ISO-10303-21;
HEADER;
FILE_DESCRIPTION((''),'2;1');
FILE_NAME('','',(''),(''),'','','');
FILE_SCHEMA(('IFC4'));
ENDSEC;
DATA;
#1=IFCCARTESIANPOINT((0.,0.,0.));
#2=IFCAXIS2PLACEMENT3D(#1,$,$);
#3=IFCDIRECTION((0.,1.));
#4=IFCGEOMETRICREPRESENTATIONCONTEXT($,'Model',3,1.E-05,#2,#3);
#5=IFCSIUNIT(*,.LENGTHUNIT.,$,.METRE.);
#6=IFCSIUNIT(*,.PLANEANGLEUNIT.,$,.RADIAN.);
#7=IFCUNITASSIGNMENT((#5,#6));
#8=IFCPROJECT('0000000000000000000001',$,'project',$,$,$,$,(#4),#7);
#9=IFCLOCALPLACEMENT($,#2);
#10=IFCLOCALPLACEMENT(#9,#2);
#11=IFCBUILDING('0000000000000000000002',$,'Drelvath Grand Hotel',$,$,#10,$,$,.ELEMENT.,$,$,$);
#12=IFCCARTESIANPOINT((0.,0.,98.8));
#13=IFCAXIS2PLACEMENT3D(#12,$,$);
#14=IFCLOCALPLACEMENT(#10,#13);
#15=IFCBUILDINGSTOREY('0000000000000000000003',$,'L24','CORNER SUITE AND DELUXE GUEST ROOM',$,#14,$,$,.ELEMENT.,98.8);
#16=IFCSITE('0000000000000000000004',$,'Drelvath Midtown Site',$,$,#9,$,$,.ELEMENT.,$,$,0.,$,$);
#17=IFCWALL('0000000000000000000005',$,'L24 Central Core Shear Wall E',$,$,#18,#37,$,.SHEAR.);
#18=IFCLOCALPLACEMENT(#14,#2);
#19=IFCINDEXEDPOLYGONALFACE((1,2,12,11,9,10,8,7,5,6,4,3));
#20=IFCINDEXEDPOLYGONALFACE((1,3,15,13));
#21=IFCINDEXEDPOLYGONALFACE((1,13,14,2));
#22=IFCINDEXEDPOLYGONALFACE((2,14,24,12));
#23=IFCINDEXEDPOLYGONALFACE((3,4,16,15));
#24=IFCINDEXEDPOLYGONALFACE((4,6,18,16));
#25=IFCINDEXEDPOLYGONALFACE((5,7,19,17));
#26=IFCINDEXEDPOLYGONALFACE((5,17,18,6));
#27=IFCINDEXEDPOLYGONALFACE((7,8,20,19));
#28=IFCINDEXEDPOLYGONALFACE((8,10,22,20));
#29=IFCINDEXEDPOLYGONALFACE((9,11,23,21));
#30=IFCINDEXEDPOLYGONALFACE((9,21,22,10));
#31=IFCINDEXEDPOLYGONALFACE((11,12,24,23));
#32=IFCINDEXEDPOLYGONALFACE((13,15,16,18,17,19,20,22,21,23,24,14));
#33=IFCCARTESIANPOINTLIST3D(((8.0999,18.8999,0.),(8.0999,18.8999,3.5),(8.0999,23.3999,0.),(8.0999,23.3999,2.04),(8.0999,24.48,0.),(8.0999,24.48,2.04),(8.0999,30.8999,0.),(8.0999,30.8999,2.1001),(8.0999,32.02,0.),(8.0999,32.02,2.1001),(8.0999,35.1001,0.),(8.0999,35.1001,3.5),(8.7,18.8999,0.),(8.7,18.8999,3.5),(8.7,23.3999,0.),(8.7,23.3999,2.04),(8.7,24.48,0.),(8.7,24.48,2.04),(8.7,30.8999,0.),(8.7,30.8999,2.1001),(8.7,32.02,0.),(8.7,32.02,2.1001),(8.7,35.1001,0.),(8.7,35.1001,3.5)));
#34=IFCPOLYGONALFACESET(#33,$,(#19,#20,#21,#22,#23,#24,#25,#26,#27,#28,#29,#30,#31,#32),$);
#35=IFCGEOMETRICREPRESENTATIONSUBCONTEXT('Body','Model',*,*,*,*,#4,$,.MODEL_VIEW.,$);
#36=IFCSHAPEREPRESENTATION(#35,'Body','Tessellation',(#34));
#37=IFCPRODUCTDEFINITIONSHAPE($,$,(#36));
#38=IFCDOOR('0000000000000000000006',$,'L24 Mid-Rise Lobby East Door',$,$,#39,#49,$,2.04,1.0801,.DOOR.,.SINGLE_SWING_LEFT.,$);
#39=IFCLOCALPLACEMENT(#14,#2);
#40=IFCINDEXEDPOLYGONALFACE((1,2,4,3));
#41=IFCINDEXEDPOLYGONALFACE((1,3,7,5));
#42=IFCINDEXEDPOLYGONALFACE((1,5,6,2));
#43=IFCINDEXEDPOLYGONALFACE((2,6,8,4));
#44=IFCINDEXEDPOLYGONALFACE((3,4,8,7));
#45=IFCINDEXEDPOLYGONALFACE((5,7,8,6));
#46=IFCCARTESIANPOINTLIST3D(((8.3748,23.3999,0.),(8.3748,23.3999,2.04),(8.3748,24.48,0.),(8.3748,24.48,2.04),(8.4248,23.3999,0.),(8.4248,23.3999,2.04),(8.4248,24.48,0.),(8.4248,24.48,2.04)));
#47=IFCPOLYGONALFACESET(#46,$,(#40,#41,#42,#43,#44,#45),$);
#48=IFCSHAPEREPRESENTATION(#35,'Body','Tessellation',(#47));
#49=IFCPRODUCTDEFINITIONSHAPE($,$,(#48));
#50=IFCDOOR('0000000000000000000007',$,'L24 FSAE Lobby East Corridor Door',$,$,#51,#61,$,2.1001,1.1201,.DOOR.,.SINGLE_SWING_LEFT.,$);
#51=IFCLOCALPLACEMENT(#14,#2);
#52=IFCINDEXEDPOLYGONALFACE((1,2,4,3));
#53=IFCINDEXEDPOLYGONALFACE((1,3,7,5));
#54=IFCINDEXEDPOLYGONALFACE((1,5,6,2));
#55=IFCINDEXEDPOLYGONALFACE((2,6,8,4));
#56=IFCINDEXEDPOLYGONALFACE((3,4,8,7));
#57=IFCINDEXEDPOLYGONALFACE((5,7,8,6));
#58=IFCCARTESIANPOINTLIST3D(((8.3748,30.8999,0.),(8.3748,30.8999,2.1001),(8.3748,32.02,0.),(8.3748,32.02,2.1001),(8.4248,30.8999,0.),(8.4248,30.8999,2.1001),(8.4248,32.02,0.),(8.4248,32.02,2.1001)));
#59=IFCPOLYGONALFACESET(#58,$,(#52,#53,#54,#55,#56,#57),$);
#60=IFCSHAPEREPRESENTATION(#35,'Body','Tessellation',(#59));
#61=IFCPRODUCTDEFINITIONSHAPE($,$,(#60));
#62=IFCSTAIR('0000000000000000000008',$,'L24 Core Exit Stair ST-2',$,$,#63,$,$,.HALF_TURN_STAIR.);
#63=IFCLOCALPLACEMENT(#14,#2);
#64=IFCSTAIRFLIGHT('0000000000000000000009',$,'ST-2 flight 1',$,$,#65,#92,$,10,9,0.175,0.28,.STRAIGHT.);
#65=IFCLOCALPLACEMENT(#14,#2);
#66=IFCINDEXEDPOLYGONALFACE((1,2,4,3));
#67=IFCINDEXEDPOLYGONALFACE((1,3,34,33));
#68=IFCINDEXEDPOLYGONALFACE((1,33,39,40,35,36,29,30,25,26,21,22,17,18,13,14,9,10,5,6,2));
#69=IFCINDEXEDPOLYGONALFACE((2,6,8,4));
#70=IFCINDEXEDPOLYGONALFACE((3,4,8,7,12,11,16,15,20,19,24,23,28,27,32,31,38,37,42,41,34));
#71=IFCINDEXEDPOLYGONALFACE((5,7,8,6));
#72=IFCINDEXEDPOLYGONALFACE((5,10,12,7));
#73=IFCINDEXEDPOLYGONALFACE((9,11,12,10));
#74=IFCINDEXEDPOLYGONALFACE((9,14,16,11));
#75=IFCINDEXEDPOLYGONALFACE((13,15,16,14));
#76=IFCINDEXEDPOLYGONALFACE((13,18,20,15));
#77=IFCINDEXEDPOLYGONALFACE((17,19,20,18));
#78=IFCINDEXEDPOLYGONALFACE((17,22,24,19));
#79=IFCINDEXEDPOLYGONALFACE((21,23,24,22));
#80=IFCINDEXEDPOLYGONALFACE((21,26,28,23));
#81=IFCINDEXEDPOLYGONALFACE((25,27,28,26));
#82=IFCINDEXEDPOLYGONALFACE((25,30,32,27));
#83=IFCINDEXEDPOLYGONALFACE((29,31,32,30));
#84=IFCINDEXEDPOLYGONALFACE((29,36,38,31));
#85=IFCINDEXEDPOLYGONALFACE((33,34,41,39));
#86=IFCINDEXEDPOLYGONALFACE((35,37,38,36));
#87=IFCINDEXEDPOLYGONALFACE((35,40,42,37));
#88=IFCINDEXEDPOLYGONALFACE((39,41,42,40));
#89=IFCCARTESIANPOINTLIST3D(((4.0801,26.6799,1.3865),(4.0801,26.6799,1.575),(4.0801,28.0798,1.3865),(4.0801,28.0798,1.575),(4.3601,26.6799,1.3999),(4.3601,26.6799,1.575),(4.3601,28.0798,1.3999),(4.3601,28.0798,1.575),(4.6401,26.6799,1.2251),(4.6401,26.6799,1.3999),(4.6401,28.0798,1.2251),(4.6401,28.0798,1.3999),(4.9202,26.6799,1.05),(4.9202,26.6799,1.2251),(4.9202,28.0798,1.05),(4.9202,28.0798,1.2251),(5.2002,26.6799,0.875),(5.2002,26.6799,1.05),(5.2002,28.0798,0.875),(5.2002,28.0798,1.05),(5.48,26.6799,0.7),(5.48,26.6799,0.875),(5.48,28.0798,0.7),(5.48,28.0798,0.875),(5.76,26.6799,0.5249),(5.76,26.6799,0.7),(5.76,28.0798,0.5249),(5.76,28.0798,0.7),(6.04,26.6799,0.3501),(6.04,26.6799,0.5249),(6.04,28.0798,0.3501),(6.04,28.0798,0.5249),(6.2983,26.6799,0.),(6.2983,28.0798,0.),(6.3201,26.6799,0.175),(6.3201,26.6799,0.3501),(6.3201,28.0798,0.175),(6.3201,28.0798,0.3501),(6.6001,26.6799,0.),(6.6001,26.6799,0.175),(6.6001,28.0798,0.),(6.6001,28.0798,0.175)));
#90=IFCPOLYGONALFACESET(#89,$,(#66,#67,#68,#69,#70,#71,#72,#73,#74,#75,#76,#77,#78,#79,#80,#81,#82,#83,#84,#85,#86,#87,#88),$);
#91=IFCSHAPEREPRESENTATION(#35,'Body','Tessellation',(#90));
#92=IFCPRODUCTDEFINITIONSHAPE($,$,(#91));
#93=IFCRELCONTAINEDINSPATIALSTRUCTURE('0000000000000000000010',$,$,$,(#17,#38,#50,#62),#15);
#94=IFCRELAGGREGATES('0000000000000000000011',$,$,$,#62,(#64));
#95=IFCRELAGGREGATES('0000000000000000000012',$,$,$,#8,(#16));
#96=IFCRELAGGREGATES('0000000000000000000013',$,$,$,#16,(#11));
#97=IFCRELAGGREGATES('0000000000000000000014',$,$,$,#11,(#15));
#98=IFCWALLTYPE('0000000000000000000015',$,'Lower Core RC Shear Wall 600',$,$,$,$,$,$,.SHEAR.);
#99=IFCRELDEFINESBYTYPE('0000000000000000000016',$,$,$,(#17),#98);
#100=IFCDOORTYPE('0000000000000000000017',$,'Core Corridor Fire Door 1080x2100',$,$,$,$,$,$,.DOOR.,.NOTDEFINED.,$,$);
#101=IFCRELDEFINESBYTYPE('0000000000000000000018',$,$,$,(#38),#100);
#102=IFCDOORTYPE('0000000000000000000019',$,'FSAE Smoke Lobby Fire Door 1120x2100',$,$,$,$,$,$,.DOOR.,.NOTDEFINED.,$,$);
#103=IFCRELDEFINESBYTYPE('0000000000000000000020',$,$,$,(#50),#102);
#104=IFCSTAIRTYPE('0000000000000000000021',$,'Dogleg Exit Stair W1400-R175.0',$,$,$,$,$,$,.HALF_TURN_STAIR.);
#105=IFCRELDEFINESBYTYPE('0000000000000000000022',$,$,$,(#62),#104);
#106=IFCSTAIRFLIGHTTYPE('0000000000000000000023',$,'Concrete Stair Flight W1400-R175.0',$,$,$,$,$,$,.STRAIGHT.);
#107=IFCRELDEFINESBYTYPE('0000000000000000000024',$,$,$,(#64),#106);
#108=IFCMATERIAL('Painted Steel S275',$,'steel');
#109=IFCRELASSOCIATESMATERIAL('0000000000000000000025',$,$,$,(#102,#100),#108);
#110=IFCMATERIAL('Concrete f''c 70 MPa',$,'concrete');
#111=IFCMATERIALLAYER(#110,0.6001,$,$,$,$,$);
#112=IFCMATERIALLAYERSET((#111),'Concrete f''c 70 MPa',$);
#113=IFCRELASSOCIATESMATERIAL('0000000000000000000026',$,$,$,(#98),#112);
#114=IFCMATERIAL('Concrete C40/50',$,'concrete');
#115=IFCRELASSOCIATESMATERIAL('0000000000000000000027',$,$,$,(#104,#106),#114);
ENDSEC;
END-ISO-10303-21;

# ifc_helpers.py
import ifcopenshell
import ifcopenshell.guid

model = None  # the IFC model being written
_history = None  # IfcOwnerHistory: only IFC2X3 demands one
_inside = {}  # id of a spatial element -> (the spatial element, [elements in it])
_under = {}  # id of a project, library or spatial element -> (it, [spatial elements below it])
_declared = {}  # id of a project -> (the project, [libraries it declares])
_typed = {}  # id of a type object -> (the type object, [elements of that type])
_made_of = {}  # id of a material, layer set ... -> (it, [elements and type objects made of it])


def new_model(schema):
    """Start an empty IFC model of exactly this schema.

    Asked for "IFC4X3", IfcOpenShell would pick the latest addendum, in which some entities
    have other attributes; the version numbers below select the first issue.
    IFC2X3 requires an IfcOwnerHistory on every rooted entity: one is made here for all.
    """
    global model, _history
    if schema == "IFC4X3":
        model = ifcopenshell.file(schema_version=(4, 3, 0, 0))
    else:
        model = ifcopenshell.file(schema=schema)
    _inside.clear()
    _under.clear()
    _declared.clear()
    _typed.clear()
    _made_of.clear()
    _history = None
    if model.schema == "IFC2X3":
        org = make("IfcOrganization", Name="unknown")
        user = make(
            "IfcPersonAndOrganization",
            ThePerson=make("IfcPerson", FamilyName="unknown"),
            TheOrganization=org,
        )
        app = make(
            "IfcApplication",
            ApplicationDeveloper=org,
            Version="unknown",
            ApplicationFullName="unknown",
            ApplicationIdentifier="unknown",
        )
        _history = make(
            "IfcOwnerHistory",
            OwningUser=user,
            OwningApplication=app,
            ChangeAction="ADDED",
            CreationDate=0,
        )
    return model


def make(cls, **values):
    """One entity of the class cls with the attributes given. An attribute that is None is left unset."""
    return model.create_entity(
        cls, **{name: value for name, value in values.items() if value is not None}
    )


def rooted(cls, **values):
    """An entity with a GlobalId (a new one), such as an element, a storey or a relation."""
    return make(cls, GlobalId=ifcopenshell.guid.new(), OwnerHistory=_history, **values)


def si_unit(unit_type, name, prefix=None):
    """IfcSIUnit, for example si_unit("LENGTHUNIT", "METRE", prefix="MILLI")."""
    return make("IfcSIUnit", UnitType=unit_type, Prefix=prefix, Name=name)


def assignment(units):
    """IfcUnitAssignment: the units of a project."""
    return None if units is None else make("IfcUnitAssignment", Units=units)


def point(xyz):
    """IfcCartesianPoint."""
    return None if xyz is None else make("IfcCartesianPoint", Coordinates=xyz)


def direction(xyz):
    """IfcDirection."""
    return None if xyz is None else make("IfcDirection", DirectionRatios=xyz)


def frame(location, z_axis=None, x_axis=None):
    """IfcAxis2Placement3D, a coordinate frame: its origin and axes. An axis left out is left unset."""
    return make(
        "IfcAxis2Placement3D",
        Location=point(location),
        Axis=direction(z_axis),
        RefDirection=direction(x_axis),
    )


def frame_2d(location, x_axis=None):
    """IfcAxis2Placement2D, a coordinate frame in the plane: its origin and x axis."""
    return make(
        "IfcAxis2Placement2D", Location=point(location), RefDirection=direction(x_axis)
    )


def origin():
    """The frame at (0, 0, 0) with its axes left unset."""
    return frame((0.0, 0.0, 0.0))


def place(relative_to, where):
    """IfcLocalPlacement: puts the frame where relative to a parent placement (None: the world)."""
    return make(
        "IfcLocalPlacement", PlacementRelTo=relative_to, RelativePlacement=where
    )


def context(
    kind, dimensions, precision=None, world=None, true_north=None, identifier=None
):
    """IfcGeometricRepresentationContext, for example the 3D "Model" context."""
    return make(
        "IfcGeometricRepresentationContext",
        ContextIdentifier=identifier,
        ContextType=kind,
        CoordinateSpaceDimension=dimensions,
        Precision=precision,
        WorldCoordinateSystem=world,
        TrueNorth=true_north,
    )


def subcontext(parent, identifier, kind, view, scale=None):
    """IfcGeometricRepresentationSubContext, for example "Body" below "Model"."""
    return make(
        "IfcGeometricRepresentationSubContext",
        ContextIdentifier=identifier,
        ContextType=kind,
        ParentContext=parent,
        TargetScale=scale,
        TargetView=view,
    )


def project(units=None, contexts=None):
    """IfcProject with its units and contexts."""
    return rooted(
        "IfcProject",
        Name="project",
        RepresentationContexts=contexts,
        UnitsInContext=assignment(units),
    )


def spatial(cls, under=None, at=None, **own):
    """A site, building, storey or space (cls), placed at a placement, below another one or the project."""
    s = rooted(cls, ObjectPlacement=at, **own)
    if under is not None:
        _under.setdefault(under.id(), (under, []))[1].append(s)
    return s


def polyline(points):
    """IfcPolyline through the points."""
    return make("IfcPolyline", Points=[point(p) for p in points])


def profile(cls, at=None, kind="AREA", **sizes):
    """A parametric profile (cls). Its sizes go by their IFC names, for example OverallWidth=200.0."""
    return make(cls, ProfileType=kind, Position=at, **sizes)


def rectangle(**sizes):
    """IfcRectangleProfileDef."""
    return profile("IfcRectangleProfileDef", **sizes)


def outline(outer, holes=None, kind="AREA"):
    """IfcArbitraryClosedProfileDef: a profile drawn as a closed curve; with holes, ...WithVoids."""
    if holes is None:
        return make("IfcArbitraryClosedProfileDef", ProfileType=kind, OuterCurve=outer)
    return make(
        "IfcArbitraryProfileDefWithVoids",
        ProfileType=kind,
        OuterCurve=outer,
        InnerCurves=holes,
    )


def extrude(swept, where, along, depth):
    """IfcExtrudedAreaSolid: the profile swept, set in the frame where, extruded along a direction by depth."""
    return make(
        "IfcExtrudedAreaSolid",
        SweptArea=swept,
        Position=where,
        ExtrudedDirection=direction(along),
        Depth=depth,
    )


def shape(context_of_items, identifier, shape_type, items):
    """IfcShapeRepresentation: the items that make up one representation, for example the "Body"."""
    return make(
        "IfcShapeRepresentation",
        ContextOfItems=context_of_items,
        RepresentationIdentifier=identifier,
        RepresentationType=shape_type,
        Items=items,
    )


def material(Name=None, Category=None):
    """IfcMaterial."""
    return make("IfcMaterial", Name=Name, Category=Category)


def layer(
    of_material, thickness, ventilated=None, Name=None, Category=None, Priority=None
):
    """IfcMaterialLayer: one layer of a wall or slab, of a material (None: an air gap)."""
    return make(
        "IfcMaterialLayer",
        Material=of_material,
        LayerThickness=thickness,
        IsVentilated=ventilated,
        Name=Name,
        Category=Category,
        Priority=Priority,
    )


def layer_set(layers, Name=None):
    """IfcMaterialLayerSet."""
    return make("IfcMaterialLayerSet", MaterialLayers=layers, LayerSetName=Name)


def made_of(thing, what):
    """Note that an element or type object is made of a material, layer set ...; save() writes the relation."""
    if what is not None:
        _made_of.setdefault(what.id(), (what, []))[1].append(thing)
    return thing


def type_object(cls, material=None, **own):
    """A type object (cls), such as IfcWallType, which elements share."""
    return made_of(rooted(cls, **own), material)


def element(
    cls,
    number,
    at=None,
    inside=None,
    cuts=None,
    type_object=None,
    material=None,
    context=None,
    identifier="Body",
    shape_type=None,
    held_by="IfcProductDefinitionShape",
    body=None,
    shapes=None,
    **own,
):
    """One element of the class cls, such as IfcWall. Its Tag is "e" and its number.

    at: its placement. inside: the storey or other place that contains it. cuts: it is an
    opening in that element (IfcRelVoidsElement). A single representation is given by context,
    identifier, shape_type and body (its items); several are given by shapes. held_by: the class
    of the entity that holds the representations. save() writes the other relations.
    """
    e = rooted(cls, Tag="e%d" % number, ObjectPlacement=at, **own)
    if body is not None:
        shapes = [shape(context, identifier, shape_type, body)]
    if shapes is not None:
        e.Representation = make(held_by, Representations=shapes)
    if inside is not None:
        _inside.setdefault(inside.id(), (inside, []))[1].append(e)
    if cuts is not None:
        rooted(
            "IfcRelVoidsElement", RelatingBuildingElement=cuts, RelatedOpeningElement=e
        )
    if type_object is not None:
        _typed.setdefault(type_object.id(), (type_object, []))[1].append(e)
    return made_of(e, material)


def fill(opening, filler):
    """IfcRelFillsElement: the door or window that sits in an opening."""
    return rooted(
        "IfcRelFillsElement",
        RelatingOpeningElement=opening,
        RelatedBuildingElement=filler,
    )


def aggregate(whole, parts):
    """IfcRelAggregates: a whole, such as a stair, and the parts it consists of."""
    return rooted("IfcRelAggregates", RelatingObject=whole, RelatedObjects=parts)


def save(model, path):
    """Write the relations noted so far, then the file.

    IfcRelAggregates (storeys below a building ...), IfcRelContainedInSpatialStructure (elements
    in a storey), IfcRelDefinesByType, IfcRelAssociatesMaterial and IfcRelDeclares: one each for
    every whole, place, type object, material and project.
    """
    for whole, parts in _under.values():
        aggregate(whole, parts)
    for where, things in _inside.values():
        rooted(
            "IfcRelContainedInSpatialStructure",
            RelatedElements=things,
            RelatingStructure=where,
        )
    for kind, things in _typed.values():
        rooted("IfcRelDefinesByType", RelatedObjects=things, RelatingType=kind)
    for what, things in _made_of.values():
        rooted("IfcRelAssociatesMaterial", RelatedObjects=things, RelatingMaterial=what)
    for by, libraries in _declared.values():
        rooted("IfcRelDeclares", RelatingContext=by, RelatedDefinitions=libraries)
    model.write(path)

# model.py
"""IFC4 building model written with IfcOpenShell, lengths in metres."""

from ifc_helpers import new_model, si_unit, direction, frame, frame_2d, origin, place, context, subcontext, project, spatial, polyline, rectangle, outline, extrude, material, layer, layer_set, type_object, element, fill, aggregate, save


model = new_model("IFC4")

# Units and contexts
model_context = context("Model", 3, precision=1e-05, world=origin(), true_north=direction((0.0, 1.0)))
body_context = subcontext(model_context, "Body", "Model", "MODEL_VIEW")
ifc_project = project(units=[si_unit("LENGTHUNIT", "METRE"), si_unit("PLANEANGLEUNIT", "RADIAN")], contexts=[model_context])

# Site, building, storey
site_placement = place(None, origin())
site = spatial("IfcSite", under=ifc_project, at=site_placement, Name="Drelvath Midtown Site", CompositionType="ELEMENT", RefElevation=0.0)
building_placement = place(site_placement, origin())
building = spatial("IfcBuilding", under=site, at=building_placement, Name="Drelvath Grand Hotel", CompositionType="ELEMENT")
storey_placement = place(building_placement, frame((0.0, 0.0, 98.8)))
storey = spatial("IfcBuildingStorey", under=building, at=storey_placement, Name="L24", Description="CORNER SUITE AND DELUXE GUEST ROOM", CompositionType="ELEMENT", Elevation=98.8)

# Shared definitions
ifc_material_1 = material(Name="Concrete f'c 70 MPa", Category="concrete")

# Shared definitions
ifc_material_2 = material(Name="Concrete C40/50", Category="concrete")

# Shared definitions
ifc_material_3 = material(Name="Painted Steel S275", Category="steel")

# Shared definitions
door_type_1 = type_object("IfcDoorType", Name="FSAE Smoke Lobby Fire Door 1120x2100", OperationType="NOTDEFINED", PredefinedType="DOOR", material=ifc_material_3)

# Wall, openings, doors
ifc_layer_1 = layer(ifc_material_1, 0.6001)
ifc_layer_set_1 = layer_set([ifc_layer_1], Name="Concrete f'c 70 MPa")
wall_type_1 = type_object("IfcWallType", Name="Lower Core RC Shear Wall 600", PredefinedType="SHEAR", material=ifc_layer_set_1)
wall_1_placement = place(storey_placement, frame((8.3999, 35.1001, 0.0), z_axis=(0.0, 0.0, 1.0), x_axis=(0.0, -1.0, 0.0)))
wall_1 = element("IfcWall", 1, at=wall_1_placement, inside=storey, type_object=wall_type_1, Name="L24 Central Core Shear Wall E", PredefinedType="SHEAR", context=body_context, shape_type="SweptSolid", body=[
    extrude(rectangle(XDim=16.2002, YDim=0.6001, at=frame_2d((8.1001, 0.0))), origin(), (0.0, 0.0, 1.0), 3.5),
])
opening_1_placement = place(wall_1_placement, frame((3.0801, 0.0, 0.0)))
opening_1 = element("IfcOpeningElement", 2, at=opening_1_placement, cuts=wall_1, PredefinedType="OPENING", context=body_context, shape_type="SweptSolid", body=[
    extrude(rectangle(XDim=1.1201, YDim=2.1001, at=frame_2d((0.5601, 1.05))), frame((0.0, 0.3101, 0.0), z_axis=(0.0, -1.0, 0.0), x_axis=(1.0, 0.0, 0.0)), (0.0, 0.0, 1.0), 0.6201),
])
opening_2_placement = place(wall_1_placement, frame((10.6201, 0.0, 0.0)))
opening_2 = element("IfcOpeningElement", 3, at=opening_2_placement, cuts=wall_1, PredefinedType="OPENING", context=body_context, shape_type="SweptSolid", body=[
    extrude(rectangle(XDim=1.0801, YDim=2.04, at=frame_2d((0.54, 1.02))), frame((0.0, 0.3101, 0.0), z_axis=(0.0, -1.0, 0.0), x_axis=(1.0, 0.0, 0.0)), (0.0, 0.0, 1.0), 0.6201),
])
door_type_2 = type_object("IfcDoorType", Name="Core Corridor Fire Door 1080x2100", OperationType="NOTDEFINED", PredefinedType="DOOR", material=ifc_material_3)
door_1_placement = place(opening_2_placement, origin())
door_1 = element("IfcDoor", 4, at=door_1_placement, inside=storey, type_object=door_type_2, Name="L24 Mid-Rise Lobby East Door", OperationType="SINGLE_SWING_LEFT", OverallHeight=2.04, OverallWidth=1.0801, PredefinedType="DOOR", context=body_context, shape_type="SweptSolid", body=[
    extrude(rectangle(XDim=1.0801, YDim=2.04, at=frame_2d((0.54, 1.02))), frame((0.0, 0.0249, 0.0), z_axis=(0.0, -1.0, 0.0), x_axis=(1.0, 0.0, 0.0)), (0.0, 0.0, 1.0), 0.05),
])
fill(opening_2, door_1)
door_2_placement = place(opening_1_placement, origin())
door_2 = element("IfcDoor", 5, at=door_2_placement, inside=storey, type_object=door_type_1, Name="L24 FSAE Lobby East Corridor Door", OperationType="SINGLE_SWING_LEFT", OverallHeight=2.1001, OverallWidth=1.1201, PredefinedType="DOOR", context=body_context, shape_type="SweptSolid", body=[
    extrude(rectangle(XDim=1.1201, YDim=2.1001, at=frame_2d((0.5601, 1.05))), frame((0.0, 0.0249, 0.0), z_axis=(0.0, -1.0, 0.0), x_axis=(1.0, 0.0, 0.0)), (0.0, 0.0, 1.0), 0.05),
])
fill(opening_1, door_2)

# Stair, stair flight
stair_type = type_object("IfcStairType", Name="Dogleg Exit Stair W1400-R175.0", PredefinedType="HALF_TURN_STAIR", material=ifc_material_2)
stair_placement = place(storey_placement, origin())
stair = element("IfcStair", 6, at=stair_placement, inside=storey, type_object=stair_type, Name="L24 Core Exit Stair ST-2", PredefinedType="HALF_TURN_STAIR")
stair_flight_type = type_object("IfcStairFlightType", Name="Concrete Stair Flight W1400-R175.0", PredefinedType="STRAIGHT", material=ifc_material_2)
stair_flight_placement = place(storey_placement, frame((6.6001, 27.3799, 0.0), z_axis=(0.0, 0.0, 1.0), x_axis=(-1.0, 0.0, 0.0)))
stair_flight = element("IfcStairFlight", 7, at=stair_flight_placement, type_object=stair_flight_type, Name="ST-2 flight 1", NumberOfRisers=10, NumberOfTreads=9, PredefinedType="STRAIGHT", RiserHeight=0.175, TreadLength=0.28, context=body_context, shape_type="SweptSolid", body=[
    extrude(outline(polyline([(0.0, 0.0), (0.0, 0.175), (0.28, 0.175), (0.28, 0.3501), (0.5601, 0.3501), (0.5601, 0.5249), (0.8401, 0.5249), (0.8401, 0.7), (1.1201, 0.7), (1.1201, 0.875), (1.3999, 0.875), (1.3999, 1.05), (1.6799, 1.05), (1.6799, 1.2251), (1.96, 1.2251), (1.96, 1.3999), (2.24, 1.3999), (2.24, 1.575), (2.52, 1.575), (2.52, 1.75), (2.52, 1.3865), (0.3018, 0.0), (0.0, 0.0)])), frame((0.0, 0.7, 0.0), z_axis=(0.0, -1.0, 0.0), x_axis=(1.0, 0.0, 0.0)), (0.0, 0.0, 1.0), 1.3999),
])
aggregate(stair, [stair_flight])

save(model, "model.ifc")
